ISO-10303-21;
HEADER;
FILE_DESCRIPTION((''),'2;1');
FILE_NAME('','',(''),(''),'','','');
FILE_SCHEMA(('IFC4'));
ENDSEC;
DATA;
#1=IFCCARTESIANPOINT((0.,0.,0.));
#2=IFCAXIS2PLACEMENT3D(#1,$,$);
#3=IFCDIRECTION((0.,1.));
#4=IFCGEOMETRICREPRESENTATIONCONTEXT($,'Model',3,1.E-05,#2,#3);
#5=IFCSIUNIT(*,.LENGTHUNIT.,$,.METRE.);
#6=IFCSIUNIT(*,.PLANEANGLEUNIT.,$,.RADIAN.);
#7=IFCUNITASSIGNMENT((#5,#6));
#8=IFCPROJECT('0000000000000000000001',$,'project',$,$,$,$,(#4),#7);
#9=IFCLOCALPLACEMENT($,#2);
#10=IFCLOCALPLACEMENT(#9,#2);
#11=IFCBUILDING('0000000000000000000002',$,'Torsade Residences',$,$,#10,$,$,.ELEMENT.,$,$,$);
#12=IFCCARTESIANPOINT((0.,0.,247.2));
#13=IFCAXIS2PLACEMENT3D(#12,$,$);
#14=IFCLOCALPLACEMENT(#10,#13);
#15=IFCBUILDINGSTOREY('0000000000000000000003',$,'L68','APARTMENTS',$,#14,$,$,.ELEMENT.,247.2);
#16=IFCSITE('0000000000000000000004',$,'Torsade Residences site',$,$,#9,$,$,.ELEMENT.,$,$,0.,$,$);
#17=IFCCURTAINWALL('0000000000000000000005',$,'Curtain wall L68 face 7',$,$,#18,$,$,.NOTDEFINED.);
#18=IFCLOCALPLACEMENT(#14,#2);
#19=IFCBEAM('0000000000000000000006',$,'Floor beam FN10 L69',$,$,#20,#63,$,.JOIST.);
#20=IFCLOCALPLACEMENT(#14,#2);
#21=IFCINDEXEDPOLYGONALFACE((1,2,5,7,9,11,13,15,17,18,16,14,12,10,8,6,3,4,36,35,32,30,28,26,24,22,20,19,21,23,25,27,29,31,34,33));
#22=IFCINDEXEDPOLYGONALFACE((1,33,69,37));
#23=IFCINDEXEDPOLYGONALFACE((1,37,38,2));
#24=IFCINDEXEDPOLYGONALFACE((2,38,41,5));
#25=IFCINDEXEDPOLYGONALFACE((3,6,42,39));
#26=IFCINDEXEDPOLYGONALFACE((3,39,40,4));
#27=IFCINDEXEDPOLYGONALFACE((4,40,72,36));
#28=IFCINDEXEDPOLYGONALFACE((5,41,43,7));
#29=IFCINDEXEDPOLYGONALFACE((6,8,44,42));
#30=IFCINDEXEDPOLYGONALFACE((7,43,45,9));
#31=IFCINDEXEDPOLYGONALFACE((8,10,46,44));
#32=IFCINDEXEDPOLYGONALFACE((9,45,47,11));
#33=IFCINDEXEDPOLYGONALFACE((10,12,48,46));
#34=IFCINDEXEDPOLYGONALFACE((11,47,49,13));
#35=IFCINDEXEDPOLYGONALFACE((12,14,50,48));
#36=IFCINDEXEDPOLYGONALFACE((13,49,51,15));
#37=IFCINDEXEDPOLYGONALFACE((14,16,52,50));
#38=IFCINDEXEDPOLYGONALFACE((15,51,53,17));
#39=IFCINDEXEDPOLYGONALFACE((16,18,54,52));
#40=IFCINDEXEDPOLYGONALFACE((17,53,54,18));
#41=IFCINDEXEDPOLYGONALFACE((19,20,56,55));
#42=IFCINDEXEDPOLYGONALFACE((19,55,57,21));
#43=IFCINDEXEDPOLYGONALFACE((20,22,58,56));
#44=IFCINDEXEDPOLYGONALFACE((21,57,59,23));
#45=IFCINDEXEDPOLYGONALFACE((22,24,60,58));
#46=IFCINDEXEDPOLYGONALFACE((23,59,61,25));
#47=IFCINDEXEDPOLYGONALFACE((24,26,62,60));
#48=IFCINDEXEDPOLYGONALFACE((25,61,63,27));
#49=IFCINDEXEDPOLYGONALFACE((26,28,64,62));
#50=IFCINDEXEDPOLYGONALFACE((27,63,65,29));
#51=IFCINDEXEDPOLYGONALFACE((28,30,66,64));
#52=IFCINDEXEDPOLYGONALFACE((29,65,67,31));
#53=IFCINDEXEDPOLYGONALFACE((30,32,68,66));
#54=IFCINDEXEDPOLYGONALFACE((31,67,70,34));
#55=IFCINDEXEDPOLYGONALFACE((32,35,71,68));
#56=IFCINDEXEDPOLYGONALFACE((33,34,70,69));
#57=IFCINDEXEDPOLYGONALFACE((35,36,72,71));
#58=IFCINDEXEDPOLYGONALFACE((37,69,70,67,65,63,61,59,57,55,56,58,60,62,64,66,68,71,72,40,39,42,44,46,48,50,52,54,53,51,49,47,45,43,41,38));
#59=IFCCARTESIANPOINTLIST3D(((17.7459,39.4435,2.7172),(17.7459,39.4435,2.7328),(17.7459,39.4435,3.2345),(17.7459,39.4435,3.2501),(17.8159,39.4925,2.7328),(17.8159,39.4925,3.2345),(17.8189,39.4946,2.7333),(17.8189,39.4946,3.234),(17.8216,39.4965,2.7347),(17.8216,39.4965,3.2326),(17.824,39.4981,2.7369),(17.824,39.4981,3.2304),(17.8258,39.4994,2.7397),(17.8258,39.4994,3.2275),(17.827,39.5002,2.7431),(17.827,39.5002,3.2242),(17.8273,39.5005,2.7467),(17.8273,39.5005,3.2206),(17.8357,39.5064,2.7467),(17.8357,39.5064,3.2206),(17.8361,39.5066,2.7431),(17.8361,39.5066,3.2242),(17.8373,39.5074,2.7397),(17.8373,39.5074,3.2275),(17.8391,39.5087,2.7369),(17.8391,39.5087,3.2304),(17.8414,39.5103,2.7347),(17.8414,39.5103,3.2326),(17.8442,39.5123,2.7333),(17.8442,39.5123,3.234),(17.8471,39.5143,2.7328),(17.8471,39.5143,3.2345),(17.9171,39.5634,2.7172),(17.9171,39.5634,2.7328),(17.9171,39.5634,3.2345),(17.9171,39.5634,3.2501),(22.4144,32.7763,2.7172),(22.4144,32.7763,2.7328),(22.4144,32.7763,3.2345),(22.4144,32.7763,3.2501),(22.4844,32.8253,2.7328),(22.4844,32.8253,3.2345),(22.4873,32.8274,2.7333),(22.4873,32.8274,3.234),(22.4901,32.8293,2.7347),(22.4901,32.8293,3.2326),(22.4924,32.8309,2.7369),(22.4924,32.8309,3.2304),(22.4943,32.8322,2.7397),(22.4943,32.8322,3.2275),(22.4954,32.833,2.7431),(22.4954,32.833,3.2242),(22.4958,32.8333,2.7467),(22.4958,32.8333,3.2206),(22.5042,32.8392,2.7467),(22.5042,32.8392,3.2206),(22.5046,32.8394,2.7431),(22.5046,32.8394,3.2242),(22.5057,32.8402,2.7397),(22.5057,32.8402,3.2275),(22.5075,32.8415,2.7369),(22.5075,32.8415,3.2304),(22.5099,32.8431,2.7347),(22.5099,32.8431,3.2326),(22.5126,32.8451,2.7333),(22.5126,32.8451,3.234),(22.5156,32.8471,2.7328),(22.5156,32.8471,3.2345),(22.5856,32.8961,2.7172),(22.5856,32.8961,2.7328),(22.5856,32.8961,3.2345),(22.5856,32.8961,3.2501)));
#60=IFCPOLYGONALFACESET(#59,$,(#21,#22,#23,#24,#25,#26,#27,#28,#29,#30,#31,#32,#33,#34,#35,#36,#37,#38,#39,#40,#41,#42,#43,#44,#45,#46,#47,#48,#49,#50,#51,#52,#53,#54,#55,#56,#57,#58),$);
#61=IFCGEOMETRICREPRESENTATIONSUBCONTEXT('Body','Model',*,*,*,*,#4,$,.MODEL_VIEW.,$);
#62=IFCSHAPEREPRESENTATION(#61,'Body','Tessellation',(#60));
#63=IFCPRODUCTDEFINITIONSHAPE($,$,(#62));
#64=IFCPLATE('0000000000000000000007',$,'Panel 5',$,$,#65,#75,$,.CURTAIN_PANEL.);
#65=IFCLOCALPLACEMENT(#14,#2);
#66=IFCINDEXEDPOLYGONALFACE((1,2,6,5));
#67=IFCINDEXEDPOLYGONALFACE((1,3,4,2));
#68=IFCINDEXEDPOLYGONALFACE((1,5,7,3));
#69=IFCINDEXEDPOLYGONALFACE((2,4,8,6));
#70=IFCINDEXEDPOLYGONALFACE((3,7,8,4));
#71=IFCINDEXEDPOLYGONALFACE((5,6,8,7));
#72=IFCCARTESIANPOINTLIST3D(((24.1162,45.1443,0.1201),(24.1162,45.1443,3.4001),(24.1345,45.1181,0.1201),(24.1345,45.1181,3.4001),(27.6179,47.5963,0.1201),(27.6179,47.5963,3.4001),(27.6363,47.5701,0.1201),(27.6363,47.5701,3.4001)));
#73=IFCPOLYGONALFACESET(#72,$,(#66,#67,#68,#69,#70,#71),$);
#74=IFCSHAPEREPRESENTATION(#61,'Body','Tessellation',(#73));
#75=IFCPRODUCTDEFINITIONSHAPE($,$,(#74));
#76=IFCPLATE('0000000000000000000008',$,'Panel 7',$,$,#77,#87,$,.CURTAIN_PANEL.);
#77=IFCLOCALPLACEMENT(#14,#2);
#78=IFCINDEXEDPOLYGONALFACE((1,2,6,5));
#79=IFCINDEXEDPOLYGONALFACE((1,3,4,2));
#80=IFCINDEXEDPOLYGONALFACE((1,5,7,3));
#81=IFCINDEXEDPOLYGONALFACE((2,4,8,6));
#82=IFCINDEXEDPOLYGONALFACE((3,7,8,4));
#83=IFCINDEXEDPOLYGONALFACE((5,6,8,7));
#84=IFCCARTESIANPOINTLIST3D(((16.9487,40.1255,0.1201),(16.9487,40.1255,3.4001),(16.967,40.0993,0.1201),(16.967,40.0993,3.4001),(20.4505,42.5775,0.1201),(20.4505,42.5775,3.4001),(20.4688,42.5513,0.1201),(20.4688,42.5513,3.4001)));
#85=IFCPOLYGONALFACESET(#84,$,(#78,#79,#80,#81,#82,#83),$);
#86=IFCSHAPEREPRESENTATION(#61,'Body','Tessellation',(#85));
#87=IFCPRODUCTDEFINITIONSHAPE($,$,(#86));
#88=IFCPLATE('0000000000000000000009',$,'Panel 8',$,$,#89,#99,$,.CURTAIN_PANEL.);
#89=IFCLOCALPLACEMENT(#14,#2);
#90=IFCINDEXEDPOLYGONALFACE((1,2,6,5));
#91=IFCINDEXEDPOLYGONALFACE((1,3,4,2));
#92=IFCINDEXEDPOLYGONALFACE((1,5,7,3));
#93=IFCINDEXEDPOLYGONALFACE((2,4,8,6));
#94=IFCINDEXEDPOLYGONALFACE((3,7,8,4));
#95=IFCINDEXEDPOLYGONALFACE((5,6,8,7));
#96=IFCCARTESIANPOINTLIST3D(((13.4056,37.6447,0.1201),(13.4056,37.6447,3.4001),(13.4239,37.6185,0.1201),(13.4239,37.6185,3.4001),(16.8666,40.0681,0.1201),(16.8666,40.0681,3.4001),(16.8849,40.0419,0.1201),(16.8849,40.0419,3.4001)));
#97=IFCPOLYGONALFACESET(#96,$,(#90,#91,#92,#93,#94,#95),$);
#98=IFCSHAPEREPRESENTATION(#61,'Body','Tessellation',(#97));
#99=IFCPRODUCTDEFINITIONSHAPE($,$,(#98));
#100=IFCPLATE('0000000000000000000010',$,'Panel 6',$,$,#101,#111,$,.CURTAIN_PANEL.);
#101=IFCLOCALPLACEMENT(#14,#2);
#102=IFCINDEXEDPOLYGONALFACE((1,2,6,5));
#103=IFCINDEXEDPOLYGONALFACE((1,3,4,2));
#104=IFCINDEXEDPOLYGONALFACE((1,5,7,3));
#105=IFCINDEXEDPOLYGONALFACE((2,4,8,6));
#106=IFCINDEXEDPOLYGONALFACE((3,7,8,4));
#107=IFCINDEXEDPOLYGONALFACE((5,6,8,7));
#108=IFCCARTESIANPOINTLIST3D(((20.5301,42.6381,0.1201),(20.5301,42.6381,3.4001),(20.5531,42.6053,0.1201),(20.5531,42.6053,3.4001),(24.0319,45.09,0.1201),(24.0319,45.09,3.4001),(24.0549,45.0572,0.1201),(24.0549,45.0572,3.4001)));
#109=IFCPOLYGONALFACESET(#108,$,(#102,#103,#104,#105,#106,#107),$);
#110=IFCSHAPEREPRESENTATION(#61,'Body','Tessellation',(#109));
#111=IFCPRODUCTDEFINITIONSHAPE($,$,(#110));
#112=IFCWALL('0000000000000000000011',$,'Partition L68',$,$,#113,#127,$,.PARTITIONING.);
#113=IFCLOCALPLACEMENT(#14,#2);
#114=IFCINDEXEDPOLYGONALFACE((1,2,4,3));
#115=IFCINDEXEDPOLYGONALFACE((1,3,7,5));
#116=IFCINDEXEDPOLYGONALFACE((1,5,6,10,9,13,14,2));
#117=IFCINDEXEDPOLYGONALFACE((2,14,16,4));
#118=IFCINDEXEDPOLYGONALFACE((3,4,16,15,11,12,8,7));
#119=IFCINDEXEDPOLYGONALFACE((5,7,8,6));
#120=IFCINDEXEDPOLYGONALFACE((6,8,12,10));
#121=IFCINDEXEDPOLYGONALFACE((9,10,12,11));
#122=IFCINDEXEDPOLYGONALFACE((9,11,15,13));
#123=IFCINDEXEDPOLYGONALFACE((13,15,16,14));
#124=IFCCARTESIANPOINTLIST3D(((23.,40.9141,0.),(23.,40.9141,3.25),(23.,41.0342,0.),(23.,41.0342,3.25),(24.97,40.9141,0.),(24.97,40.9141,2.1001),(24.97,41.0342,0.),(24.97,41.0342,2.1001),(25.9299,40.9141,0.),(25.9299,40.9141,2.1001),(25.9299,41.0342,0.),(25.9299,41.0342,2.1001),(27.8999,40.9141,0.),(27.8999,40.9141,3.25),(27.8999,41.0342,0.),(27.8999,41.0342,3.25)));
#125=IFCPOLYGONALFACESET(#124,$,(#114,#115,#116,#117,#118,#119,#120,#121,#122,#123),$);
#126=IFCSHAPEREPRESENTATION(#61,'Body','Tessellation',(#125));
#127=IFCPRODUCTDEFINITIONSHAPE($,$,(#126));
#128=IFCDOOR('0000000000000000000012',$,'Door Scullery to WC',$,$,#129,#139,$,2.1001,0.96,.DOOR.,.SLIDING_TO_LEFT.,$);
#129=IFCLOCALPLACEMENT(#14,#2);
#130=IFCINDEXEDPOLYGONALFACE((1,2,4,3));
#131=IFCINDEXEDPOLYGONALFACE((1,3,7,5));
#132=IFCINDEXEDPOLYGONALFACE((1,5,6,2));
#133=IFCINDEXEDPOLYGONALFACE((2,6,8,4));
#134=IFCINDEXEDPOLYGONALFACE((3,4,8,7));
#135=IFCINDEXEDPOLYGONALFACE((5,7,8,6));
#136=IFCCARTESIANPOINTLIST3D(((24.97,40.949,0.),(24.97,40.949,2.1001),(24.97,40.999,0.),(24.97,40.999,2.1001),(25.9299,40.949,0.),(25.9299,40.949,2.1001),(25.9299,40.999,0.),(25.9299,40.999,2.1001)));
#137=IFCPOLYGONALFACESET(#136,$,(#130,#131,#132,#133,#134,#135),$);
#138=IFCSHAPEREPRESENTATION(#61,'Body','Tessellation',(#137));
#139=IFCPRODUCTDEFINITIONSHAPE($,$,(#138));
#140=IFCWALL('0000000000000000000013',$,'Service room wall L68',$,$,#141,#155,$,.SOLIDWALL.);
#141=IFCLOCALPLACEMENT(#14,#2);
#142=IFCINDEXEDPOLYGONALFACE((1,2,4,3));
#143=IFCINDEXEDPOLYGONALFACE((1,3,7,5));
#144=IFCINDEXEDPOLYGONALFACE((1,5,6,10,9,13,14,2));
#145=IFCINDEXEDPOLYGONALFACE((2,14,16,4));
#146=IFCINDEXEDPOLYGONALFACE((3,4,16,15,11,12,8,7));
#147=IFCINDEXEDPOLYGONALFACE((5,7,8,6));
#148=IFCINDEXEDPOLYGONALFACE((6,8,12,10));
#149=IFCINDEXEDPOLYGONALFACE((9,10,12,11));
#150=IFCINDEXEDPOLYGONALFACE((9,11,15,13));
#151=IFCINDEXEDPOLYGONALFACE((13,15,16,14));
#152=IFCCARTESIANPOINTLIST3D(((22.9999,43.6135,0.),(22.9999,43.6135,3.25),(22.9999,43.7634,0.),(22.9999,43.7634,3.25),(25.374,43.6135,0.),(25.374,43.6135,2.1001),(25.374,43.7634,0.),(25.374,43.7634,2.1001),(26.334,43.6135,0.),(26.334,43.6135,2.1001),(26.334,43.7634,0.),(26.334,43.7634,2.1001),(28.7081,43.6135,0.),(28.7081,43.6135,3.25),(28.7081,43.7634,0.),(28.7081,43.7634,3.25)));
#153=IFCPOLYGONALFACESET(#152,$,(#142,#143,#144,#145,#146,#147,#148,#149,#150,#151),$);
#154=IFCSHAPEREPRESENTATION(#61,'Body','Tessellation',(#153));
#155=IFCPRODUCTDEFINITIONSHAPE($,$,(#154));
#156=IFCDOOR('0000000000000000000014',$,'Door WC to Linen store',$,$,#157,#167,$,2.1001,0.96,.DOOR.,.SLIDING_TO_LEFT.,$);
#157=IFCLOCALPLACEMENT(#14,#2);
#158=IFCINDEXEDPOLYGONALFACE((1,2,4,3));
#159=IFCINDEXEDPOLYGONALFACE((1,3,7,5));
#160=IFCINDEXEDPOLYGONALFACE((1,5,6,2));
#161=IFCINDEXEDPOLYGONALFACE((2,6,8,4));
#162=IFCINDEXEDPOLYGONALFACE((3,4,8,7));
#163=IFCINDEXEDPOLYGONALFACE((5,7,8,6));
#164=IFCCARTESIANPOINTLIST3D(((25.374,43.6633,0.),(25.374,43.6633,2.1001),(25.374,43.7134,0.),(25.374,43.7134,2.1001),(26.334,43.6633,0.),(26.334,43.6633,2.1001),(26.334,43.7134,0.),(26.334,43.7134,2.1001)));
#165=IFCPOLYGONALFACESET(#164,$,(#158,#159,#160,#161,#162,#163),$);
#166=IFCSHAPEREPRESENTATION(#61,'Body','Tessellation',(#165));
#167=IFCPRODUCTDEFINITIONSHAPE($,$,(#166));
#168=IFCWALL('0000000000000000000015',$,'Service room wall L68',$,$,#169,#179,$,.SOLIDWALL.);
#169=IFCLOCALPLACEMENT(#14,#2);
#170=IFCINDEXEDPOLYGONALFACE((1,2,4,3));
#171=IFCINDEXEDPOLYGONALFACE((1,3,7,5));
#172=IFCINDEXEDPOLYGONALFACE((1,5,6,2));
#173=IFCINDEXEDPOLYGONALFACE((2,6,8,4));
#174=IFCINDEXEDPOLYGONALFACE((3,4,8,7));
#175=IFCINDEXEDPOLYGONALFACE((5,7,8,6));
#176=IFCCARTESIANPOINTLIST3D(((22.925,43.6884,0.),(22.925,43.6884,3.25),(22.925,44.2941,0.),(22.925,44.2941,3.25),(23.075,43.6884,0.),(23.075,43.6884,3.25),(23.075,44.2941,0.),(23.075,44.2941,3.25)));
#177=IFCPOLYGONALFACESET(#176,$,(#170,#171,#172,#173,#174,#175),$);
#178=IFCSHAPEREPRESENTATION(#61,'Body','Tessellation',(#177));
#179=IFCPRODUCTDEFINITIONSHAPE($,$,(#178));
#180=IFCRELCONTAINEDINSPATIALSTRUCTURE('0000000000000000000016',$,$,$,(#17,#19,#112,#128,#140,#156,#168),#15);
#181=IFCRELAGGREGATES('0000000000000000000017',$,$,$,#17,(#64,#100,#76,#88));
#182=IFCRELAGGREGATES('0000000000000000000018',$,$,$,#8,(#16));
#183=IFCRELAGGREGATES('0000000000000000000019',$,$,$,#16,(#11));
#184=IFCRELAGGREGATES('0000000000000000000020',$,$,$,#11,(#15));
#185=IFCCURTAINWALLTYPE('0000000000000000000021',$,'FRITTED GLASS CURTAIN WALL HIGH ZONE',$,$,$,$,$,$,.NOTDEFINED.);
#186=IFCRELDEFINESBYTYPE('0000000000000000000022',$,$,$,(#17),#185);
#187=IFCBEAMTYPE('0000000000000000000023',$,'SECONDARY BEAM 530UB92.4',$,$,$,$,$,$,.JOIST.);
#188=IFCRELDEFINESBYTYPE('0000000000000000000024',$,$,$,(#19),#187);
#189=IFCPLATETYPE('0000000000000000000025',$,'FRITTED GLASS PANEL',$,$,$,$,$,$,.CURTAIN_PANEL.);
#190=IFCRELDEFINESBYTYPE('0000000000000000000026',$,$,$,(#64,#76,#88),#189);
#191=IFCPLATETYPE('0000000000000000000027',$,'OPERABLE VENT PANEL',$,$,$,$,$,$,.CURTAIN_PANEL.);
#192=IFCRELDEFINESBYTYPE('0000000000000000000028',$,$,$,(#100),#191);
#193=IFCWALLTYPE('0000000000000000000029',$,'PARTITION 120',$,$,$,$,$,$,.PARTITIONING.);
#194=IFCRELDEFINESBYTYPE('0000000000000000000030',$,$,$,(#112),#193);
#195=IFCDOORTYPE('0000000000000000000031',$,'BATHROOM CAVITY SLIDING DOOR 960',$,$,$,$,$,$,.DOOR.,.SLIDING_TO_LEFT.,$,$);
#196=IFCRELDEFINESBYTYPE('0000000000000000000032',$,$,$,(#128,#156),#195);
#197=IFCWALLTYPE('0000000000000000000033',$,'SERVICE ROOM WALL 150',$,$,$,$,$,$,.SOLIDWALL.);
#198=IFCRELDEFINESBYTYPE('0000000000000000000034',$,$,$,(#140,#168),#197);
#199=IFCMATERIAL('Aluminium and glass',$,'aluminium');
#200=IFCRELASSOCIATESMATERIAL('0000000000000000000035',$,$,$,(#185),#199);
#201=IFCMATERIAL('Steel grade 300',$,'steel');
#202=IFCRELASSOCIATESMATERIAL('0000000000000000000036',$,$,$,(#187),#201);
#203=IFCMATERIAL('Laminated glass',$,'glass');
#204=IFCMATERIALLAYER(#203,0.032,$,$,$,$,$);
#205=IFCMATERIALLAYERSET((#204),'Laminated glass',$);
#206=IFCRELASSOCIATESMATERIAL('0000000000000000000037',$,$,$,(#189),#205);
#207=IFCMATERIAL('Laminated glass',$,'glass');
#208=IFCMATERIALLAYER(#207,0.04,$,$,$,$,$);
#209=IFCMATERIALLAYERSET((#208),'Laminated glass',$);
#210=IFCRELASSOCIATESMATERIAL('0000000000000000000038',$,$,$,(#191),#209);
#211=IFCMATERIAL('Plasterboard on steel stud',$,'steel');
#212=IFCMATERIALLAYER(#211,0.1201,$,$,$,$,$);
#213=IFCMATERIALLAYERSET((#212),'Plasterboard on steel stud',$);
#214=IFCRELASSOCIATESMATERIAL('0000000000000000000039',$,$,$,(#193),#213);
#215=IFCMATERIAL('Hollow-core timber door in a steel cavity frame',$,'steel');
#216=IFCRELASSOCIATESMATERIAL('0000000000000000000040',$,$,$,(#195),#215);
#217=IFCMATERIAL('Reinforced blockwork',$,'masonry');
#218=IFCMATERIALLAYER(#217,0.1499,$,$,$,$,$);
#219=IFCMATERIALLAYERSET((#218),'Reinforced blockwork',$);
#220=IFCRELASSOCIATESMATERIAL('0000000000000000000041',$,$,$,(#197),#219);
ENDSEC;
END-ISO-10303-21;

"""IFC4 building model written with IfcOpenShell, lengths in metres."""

from ifc_helpers import new_model, si_unit, direction, frame, frame_2d, origin, origin_2d, place, context, subcontext, project, spatial, rectangle, i_section, extrude, material, layer, layer_set, material_profile, profile_set, type_object, element, fill, aggregate, save


model = new_model("IFC4")

# Units and contexts
model_context = context("Model", 3, precision=1e-05, world=origin(), true_north=direction((0.0, 1.0)))
body_context = subcontext(model_context, "Body", "Model", "MODEL_VIEW")
ifc_project = project(units=[si_unit("LENGTHUNIT", "METRE"), si_unit("PLANEANGLEUNIT", "RADIAN")], contexts=[model_context])

# Site, building, storey
site_placement = place(None, origin())
site = spatial("IfcSite", under=ifc_project, at=site_placement, Name="Torsade Residences site", CompositionType="ELEMENT", RefElevation=0.0)
building_placement = place(site_placement, origin())
building = spatial("IfcBuilding", under=site, at=building_placement, Name="Torsade Residences", CompositionType="ELEMENT")
storey_placement = place(building_placement, frame((0.0, 0.0, 247.2)))
storey = spatial("IfcBuildingStorey", under=building, at=storey_placement, Name="L68", Description="APARTMENTS", CompositionType="ELEMENT", Elevation=247.2)

# Curtain wall
ifc_material_1 = material(Name="Aluminium and glass", Category="aluminium")
curtain_wall_type = type_object("IfcCurtainWallType", Name="FRITTED GLASS CURTAIN WALL HIGH ZONE", PredefinedType="NOTDEFINED", material=ifc_material_1)
curtain_wall_placement = place(storey_placement, origin())
curtain_wall = element("IfcCurtainWall", 1, at=curtain_wall_placement, inside=storey, type_object=curtain_wall_type, Name="Curtain wall L68 face 7", PredefinedType="NOTDEFINED")

# Beam
ifc_material_2 = material(Name="Steel grade 300", Category="steel")
ifc_material_profile_1 = material_profile(ifc_material_2, i_section(OverallWidth=0.209, OverallDepth=0.533, WebThickness=0.0103, FlangeThickness=0.0156, FilletRadius=0.0139, at=origin_2d()), Name="530UB92.4")
ifc_profile_set_1 = profile_set([ifc_material_profile_1], Name="Steel grade 300")
beam_type_1 = type_object("IfcBeamType", Name="SECONDARY BEAM 530UB92.4", PredefinedType="JOIST", material=ifc_profile_set_1)
beam_1_placement = place(storey_placement, frame((17.8315, 39.5034, 2.9836), z_axis=(0.573577, -0.819152, 0.0), x_axis=(0.819152, 0.573577, 0.0)))
element("IfcBeam", 2, at=beam_1_placement, inside=storey, type_object=beam_type_1, Name="Floor beam FN10 L69", PredefinedType="JOIST", context=body_context, shape_type="SweptSolid", body=[
    extrude(i_section(OverallWidth=0.209, OverallDepth=0.533, WebThickness=0.0103, FlangeThickness=0.0156, FilletRadius=0.0139, at=origin_2d()), origin(), (0.0, 0.0, 1.0), 8.1392),
])

# Plates
ifc_material_3 = material(Name="Laminated glass", Category="glass")
ifc_layer_1 = layer(ifc_material_3, 0.032)
ifc_layer_set_1 = layer_set([ifc_layer_1], Name="Laminated glass")
plate_type_1 = type_object("IfcPlateType", Name="FRITTED GLASS PANEL", PredefinedType="CURTAIN_PANEL", material=ifc_layer_set_1)
plate_1_placement = place(storey_placement, frame((25.8762, 46.3572, 0.1201), z_axis=(0.0, 0.0, 1.0), x_axis=(-0.819152, -0.573576, 0.0)))
plate_1 = element("IfcPlate", 3, at=plate_1_placement, type_object=plate_type_1, Name="Panel 5", PredefinedType="CURTAIN_PANEL", context=body_context, shape_type="SweptSolid", body=[
    extrude(rectangle(XDim=4.2749, YDim=0.032, at=origin_2d()), origin(), (0.0, 0.0, 1.0), 3.28),
])
plate_2_placement = place(storey_placement, frame((18.7087, 41.3384, 0.1201), z_axis=(0.0, 0.0, 1.0), x_axis=(-0.819152, -0.573576, 0.0)))
plate_2 = element("IfcPlate", 4, at=plate_2_placement, type_object=plate_type_1, Name="Panel 7", PredefinedType="CURTAIN_PANEL", context=body_context, shape_type="SweptSolid", body=[
    extrude(rectangle(XDim=4.2749, YDim=0.032, at=origin_2d()), origin(), (0.0, 0.0, 1.0), 3.28),
])
plate_3_placement = place(storey_placement, frame((15.1453, 38.8433, 0.1201), z_axis=(0.0, 0.0, 1.0), x_axis=(-0.819152, -0.573576, 0.0)))
plate_3 = element("IfcPlate", 5, at=plate_3_placement, type_object=plate_type_1, Name="Panel 8", PredefinedType="CURTAIN_PANEL", context=body_context, shape_type="SweptSolid", body=[
    extrude(rectangle(XDim=4.2251, YDim=0.032, at=origin_2d()), origin(), (0.0, 0.0, 1.0), 3.28),
])
ifc_material_4 = material(Name="Laminated glass", Category="glass")
ifc_layer_2 = layer(ifc_material_4, 0.04)
ifc_layer_set_2 = layer_set([ifc_layer_2], Name="Laminated glass")
plate_type_2 = type_object("IfcPlateType", Name="OPERABLE VENT PANEL", PredefinedType="CURTAIN_PANEL", material=ifc_layer_set_2)
plate_4_placement = place(storey_placement, frame((22.2925, 43.8477, 0.1201), z_axis=(0.0, 0.0, 1.0), x_axis=(-0.819152, -0.573576, 0.0)))
plate_4 = element("IfcPlate", 6, at=plate_4_placement, type_object=plate_type_2, Name="Panel 6", PredefinedType="CURTAIN_PANEL", context=body_context, shape_type="SweptSolid", body=[
    extrude(rectangle(XDim=4.2749, YDim=0.04, at=origin_2d()), origin(), (0.0, 0.0, 1.0), 3.28),
])
aggregate(curtain_wall, [plate_1, plate_4, plate_2, plate_3])

# Walls, openings, doors
ifc_material_5 = material(Name="Plasterboard on steel stud", Category="steel")
ifc_layer_3 = layer(ifc_material_5, 0.1201)
ifc_layer_set_3 = layer_set([ifc_layer_3], Name="Plasterboard on steel stud")
wall_type_1 = type_object("IfcWallType", Name="PARTITION 120", PredefinedType="PARTITIONING", material=ifc_layer_set_3)
wall_1_placement = place(storey_placement, frame((23.0, 40.9741, 0.0), z_axis=(0.0, 0.0, 1.0), x_axis=(1.0, 0.0, 0.0)))
wall_1 = element("IfcWall", 7, at=wall_1_placement, inside=storey, type_object=wall_type_1, Name="Partition L68", PredefinedType="PARTITIONING", context=body_context, shape_type="SweptSolid", body=[
    extrude(rectangle(XDim=4.8999, YDim=0.1201, at=frame_2d((2.45, 0.0))), origin(), (0.0, 0.0, 1.0), 3.25),
])
opening_1_placement = place(wall_1_placement, frame((1.97, 0.0, 0.0)))
opening_1 = element("IfcOpeningElement", 8, at=opening_1_placement, cuts=wall_1, PredefinedType="OPENING", context=body_context, shape_type="SweptSolid", body=[
    extrude(rectangle(XDim=0.96, YDim=2.1001, at=frame_2d((0.48, 1.05))), frame((0.0, 0.0701, 0.0), z_axis=(0.0, -1.0, 0.0), x_axis=(1.0, 0.0, 0.0)), (0.0, 0.0, 1.0), 0.1401),
])
ifc_material_6 = material(Name="Hollow-core timber door in a steel cavity frame", Category="steel")
door_type = type_object("IfcDoorType", Name="BATHROOM CAVITY SLIDING DOOR 960", OperationType="SLIDING_TO_LEFT", PredefinedType="DOOR", material=ifc_material_6)
door_1_placement = place(opening_1_placement, origin())
door_1 = element("IfcDoor", 9, at=door_1_placement, inside=storey, type_object=door_type, Name="Door Scullery to WC", OperationType="SLIDING_TO_LEFT", OverallHeight=2.1001, OverallWidth=0.96, PredefinedType="DOOR", context=body_context, shape_type="SweptSolid", body=[
    extrude(rectangle(XDim=0.96, YDim=2.1001, at=frame_2d((0.48, 1.05))), frame((0.0, 0.0249, 0.0), z_axis=(0.0, -1.0, 0.0), x_axis=(1.0, 0.0, 0.0)), (0.0, 0.0, 1.0), 0.05),
])
fill(opening_1, door_1)
ifc_material_7 = material(Name="Reinforced blockwork", Category="masonry")
ifc_layer_4 = layer(ifc_material_7, 0.1499)
ifc_layer_set_4 = layer_set([ifc_layer_4], Name="Reinforced blockwork")
wall_type_2 = type_object("IfcWallType", Name="SERVICE ROOM WALL 150", PredefinedType="SOLIDWALL", material=ifc_layer_set_4)
wall_2_placement = place(storey_placement, frame((23.0, 43.6885, 0.0), z_axis=(0.0, 0.0, 1.0), x_axis=(1.0, 0.0, 0.0)))
wall_2 = element("IfcWall", 10, at=wall_2_placement, inside=storey, type_object=wall_type_2, Name="Service room wall L68", PredefinedType="SOLIDWALL", context=body_context, shape_type="SweptSolid", body=[
    extrude(rectangle(XDim=5.7083, YDim=0.1499, at=frame_2d((2.854, 0.0))), origin(), (0.0, 0.0, 1.0), 3.25),
])
opening_2_placement = place(wall_2_placement, frame((2.374, 0.0, 0.0)))
opening_2 = element("IfcOpeningElement", 11, at=opening_2_placement, cuts=wall_2, PredefinedType="OPENING", context=body_context, shape_type="SweptSolid", body=[
    extrude(rectangle(XDim=0.96, YDim=2.1001, at=frame_2d((0.48, 1.05))), frame((0.0, 0.085, 0.0), z_axis=(0.0, -1.0, 0.0), x_axis=(1.0, 0.0, 0.0)), (0.0, 0.0, 1.0), 0.1699),
])
door_2_placement = place(opening_2_placement, origin())
door_2 = element("IfcDoor", 12, at=door_2_placement, inside=storey, type_object=door_type, Name="Door WC to Linen store", OperationType="SLIDING_TO_LEFT", OverallHeight=2.1001, OverallWidth=0.96, PredefinedType="DOOR", context=body_context, shape_type="SweptSolid", body=[
    extrude(rectangle(XDim=0.96, YDim=2.1001, at=frame_2d((0.48, 1.05))), frame((0.0, 0.0249, 0.0), z_axis=(0.0, -1.0, 0.0), x_axis=(1.0, 0.0, 0.0)), (0.0, 0.0, 1.0), 0.05),
])
fill(opening_2, door_2)

# Wall
wall_3_placement = place(storey_placement, frame((23.0, 43.6885, 0.0), z_axis=(0.0, 0.0, 1.0), x_axis=(0.0, 1.0, 0.0)))
element("IfcWall", 13, at=wall_3_placement, inside=storey, type_object=wall_type_2, Name="Service room wall L68", PredefinedType="SOLIDWALL", context=body_context, shape_type="SweptSolid", body=[
    extrude(rectangle(XDim=0.6057, YDim=0.1499, at=frame_2d((0.3027, 0.0))), origin(), (0.0, 0.0, 1.0), 3.25),
])

save(model, "model.ifc")
